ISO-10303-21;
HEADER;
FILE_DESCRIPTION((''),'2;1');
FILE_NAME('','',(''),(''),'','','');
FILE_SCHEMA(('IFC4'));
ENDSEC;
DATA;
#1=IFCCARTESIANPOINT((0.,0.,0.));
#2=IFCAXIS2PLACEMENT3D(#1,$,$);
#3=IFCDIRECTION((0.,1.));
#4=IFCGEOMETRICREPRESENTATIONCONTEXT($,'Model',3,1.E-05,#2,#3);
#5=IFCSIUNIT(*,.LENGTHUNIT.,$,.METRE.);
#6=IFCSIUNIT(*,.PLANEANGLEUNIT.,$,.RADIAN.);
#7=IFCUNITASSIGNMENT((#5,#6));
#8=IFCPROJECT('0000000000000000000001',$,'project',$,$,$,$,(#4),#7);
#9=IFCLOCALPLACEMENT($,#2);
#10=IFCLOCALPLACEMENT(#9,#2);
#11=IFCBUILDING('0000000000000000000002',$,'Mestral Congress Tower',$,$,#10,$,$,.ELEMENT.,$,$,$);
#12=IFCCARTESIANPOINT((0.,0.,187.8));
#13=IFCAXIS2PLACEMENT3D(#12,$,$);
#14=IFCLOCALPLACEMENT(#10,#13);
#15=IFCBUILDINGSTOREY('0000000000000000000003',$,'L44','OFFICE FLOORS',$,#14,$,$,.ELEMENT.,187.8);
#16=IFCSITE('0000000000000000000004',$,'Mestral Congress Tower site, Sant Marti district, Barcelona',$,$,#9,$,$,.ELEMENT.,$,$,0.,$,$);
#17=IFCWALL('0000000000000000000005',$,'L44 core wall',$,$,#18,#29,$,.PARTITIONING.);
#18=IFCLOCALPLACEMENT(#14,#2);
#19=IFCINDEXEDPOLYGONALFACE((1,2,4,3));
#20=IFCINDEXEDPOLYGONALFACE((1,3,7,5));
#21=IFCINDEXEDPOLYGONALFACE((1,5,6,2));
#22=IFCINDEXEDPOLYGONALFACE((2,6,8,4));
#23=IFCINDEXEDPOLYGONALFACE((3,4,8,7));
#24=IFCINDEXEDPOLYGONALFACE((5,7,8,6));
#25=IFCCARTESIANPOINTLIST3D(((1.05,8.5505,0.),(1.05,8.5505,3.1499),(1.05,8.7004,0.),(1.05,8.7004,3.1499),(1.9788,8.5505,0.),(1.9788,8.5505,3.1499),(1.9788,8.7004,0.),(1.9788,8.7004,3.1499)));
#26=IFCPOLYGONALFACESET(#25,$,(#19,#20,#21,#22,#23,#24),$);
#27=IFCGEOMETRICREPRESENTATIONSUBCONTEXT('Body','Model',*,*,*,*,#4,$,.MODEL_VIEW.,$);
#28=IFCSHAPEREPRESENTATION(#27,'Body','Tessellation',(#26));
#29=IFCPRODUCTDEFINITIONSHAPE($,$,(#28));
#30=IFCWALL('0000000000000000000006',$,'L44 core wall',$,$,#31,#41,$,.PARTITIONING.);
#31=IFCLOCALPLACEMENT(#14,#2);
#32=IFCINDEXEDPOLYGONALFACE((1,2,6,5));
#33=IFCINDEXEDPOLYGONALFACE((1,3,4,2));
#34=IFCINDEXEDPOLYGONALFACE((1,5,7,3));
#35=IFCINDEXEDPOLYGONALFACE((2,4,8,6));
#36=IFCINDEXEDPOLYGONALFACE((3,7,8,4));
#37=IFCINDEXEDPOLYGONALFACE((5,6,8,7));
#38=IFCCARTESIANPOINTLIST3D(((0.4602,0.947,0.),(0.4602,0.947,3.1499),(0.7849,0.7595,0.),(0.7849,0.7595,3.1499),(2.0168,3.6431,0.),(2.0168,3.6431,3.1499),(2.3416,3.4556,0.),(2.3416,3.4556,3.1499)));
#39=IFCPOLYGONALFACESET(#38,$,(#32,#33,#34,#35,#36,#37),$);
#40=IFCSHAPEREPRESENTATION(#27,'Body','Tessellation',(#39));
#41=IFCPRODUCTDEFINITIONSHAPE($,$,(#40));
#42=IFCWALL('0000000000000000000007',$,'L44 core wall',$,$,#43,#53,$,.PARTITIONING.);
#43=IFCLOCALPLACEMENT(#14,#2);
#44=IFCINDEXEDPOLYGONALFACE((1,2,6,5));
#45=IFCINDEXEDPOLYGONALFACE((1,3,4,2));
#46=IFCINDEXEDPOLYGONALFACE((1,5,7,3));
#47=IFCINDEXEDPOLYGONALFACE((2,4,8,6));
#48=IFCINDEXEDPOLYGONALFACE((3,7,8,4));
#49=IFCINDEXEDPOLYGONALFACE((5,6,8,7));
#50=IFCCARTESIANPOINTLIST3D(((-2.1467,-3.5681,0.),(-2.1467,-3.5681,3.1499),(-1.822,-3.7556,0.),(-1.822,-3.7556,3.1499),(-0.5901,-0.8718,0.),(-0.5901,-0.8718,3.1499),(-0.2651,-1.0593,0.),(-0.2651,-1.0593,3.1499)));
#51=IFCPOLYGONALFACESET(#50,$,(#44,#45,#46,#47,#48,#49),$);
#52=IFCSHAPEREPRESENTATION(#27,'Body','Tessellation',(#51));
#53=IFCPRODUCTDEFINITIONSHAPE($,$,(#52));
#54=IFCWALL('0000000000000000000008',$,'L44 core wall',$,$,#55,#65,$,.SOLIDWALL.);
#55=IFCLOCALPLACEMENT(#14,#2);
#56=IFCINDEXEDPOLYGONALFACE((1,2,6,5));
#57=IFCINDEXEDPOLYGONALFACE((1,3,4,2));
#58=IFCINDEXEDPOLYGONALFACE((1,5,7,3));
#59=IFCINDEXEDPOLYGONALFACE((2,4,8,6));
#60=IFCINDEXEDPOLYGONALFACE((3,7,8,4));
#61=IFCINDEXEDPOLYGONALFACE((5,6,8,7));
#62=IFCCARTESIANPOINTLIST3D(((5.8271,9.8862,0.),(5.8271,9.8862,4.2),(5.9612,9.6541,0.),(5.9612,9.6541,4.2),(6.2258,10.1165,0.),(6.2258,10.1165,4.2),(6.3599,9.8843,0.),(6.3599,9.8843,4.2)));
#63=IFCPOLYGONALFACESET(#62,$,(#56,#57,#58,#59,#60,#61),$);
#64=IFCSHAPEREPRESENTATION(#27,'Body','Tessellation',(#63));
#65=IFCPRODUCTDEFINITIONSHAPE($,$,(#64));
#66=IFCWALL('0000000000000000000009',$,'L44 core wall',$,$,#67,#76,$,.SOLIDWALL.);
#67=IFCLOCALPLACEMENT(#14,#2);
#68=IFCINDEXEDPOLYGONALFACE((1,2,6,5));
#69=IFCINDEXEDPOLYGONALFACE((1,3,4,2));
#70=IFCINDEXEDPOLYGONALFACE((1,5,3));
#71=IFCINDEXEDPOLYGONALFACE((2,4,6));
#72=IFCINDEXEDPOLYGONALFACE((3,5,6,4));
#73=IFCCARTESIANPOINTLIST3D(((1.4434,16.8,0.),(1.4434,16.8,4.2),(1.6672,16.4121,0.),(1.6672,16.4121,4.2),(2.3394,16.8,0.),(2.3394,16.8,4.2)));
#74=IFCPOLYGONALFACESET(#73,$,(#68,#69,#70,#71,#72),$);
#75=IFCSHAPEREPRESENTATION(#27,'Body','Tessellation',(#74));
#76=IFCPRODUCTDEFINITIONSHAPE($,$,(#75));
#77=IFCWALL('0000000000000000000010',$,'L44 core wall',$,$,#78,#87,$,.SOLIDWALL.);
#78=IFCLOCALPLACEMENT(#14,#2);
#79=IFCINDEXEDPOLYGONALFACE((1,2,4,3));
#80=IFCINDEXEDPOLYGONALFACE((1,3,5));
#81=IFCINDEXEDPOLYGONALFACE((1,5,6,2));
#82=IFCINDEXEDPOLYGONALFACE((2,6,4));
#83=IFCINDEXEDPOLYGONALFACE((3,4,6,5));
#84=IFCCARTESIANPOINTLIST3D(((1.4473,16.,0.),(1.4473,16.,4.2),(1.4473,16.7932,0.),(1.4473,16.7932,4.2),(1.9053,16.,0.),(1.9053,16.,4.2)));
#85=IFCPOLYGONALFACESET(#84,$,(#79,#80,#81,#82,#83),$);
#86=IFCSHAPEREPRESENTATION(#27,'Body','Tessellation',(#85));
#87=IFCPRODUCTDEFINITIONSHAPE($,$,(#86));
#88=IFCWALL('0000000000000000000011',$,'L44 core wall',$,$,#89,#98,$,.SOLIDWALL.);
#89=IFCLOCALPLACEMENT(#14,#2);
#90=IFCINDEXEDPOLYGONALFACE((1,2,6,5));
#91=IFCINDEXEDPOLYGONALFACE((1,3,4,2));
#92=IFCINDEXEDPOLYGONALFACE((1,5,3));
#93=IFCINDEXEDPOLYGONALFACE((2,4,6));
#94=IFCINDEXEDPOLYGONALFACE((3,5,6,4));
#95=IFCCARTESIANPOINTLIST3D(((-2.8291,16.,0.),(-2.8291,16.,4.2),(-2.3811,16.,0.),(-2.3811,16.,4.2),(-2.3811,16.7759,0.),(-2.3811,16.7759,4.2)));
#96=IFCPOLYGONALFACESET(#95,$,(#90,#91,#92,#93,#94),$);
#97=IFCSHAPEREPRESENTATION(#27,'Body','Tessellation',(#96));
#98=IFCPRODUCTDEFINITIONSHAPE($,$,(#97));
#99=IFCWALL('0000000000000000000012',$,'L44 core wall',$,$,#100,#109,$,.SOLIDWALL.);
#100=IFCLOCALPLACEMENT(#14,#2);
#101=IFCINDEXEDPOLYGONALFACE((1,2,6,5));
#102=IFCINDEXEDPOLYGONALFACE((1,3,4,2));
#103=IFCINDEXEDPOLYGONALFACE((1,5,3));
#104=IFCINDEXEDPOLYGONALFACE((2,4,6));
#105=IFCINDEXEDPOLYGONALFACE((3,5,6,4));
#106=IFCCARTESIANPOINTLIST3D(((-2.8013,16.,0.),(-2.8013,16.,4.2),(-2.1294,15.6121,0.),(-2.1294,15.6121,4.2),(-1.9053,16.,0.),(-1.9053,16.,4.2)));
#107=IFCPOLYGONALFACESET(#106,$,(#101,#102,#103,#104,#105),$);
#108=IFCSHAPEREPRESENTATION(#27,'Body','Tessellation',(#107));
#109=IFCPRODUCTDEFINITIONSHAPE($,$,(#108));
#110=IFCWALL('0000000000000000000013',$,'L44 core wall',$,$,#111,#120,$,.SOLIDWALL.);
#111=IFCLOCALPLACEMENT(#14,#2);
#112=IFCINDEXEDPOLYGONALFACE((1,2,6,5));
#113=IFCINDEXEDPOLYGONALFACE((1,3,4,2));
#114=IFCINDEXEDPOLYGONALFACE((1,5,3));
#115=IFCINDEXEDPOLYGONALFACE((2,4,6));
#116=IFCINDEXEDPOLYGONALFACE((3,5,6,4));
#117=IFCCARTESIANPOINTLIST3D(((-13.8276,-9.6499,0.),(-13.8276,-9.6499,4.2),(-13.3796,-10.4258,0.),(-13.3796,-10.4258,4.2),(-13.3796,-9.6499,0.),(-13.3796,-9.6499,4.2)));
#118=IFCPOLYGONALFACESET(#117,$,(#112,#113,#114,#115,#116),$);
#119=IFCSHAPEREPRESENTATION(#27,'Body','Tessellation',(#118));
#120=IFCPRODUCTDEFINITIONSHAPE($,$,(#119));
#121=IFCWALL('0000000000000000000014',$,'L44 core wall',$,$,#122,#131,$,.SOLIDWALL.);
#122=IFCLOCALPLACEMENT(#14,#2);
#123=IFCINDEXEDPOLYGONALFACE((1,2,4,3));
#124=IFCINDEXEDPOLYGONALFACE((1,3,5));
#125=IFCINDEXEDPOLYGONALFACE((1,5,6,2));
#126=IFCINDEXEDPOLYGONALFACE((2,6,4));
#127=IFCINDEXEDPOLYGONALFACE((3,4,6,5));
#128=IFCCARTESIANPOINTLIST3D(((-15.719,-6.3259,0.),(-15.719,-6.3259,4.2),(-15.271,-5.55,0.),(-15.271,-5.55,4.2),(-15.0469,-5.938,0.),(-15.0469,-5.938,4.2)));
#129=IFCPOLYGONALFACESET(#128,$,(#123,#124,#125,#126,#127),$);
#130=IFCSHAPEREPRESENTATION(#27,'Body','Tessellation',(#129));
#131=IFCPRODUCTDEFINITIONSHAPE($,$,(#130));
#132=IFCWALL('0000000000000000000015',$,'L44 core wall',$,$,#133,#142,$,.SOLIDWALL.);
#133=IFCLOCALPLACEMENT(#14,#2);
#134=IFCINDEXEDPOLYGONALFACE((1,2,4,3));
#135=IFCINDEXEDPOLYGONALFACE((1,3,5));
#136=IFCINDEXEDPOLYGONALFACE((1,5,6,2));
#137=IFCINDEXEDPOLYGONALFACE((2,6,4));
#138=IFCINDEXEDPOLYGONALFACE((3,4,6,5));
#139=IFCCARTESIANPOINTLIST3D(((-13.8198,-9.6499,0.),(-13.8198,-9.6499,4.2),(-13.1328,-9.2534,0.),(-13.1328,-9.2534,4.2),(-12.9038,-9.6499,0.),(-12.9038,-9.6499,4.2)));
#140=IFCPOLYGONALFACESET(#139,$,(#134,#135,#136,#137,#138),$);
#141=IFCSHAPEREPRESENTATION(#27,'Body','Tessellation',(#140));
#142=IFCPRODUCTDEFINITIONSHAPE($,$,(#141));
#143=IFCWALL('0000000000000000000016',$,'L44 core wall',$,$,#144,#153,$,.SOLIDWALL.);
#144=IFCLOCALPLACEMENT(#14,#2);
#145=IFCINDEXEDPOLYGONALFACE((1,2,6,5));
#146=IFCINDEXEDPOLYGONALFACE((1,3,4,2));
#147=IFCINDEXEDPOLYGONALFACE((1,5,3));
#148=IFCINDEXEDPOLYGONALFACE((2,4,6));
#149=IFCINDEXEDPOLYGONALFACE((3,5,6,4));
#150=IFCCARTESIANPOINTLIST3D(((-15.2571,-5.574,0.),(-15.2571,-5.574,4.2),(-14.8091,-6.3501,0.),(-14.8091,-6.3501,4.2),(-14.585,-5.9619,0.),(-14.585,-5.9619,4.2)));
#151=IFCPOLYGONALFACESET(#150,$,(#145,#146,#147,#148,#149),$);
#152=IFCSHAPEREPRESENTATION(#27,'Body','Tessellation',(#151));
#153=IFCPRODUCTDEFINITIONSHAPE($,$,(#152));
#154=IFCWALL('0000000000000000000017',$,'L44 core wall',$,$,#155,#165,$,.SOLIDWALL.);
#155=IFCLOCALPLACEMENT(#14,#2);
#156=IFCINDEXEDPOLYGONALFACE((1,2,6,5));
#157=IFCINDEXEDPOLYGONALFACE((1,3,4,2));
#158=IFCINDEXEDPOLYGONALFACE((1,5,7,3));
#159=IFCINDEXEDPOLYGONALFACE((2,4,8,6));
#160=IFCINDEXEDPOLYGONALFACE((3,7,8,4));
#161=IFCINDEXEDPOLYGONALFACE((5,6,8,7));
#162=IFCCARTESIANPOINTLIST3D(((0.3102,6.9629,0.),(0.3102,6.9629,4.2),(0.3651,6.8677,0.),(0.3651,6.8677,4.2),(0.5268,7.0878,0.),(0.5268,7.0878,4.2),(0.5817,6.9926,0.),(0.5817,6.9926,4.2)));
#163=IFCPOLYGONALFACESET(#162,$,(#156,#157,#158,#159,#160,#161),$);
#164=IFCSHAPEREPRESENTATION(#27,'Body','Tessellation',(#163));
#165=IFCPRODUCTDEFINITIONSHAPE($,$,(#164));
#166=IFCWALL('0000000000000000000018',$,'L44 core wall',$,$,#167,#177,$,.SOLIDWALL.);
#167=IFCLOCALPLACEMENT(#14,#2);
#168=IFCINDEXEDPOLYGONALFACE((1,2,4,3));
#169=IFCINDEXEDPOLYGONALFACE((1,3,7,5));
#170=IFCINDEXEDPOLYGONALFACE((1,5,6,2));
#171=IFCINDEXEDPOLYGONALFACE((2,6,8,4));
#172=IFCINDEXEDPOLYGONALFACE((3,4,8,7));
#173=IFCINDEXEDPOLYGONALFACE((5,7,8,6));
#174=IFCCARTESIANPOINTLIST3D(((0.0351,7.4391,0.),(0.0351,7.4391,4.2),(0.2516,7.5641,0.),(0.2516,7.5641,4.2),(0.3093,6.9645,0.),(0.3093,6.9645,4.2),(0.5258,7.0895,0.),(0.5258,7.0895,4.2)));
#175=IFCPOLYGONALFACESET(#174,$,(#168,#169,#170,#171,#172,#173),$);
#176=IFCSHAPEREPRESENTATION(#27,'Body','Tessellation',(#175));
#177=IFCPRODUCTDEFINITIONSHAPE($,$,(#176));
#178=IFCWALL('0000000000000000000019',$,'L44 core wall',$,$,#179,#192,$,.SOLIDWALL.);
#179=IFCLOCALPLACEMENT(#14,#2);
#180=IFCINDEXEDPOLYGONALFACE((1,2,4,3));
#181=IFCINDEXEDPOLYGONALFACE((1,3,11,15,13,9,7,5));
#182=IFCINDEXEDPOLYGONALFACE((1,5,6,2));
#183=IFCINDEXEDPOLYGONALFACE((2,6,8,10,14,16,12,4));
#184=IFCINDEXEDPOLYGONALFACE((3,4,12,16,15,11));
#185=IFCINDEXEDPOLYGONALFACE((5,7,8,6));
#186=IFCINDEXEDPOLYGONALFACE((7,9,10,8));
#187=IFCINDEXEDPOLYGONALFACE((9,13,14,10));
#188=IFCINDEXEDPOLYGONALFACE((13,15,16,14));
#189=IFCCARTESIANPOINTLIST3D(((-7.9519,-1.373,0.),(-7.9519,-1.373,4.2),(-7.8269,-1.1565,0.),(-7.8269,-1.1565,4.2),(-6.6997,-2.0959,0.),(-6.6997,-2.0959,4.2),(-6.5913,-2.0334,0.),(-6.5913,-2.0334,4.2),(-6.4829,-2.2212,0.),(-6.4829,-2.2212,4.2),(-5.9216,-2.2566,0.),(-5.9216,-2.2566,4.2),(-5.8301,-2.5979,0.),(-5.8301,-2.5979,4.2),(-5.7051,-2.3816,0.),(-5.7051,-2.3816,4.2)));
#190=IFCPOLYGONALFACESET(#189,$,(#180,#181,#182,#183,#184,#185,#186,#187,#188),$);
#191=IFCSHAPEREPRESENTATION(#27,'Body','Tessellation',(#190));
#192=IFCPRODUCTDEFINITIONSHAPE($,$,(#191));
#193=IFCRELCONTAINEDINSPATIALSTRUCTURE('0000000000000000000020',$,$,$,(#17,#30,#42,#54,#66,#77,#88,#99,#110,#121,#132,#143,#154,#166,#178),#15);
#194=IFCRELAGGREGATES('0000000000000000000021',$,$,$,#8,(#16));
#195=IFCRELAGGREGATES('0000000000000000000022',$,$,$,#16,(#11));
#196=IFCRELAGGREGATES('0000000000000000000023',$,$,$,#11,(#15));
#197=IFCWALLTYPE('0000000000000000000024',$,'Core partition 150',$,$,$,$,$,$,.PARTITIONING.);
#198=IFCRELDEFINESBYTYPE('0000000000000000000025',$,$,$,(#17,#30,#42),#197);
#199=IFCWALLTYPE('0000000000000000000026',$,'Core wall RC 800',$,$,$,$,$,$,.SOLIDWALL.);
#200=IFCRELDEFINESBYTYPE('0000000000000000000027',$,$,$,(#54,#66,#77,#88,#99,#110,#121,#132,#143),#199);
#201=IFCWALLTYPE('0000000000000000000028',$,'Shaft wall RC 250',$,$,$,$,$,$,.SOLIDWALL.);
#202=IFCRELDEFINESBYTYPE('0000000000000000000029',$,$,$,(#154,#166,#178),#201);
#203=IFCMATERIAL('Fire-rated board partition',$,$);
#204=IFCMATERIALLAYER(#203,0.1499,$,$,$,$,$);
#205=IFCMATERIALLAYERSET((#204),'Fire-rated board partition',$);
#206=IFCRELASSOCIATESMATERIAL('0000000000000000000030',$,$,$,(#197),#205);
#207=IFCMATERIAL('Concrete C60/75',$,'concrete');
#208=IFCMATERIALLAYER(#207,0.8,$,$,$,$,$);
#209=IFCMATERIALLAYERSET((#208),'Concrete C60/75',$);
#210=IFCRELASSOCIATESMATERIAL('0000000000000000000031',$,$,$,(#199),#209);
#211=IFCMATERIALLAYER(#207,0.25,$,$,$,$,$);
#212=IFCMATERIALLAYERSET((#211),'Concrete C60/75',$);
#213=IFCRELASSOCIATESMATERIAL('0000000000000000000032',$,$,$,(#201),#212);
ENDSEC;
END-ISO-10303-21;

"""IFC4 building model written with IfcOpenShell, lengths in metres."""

from ifc_helpers import new_model, si_unit, direction, frame, frame_2d, origin, place, context, subcontext, project, spatial, polyline, rectangle, outline, extrude, material, layer, layer_set, type_object, element, save


model = new_model("IFC4")

# Units and contexts
model_context = context("Model", 3, precision=1e-05, world=origin(), true_north=direction((0.0, 1.0)))
body_context = subcontext(model_context, "Body", "Model", "MODEL_VIEW")
ifc_project = project(units=[si_unit("LENGTHUNIT", "METRE"), si_unit("PLANEANGLEUNIT", "RADIAN")], contexts=[model_context])

# Site, building, storey
site_placement = place(None, origin())
site = spatial("IfcSite", under=ifc_project, at=site_placement, Name="Mestral Congress Tower site, Sant Marti district, Barcelona", CompositionType="ELEMENT", RefElevation=0.0)
building_placement = place(site_placement, origin())
building = spatial("IfcBuilding", under=site, at=building_placement, Name="Mestral Congress Tower", CompositionType="ELEMENT")
storey_placement = place(building_placement, frame((0.0, 0.0, 187.8)))
storey = spatial("IfcBuildingStorey", under=building, at=storey_placement, Name="L44", Description="OFFICE FLOORS", CompositionType="ELEMENT", Elevation=187.8)

# Walls
ifc_material_1 = material(Name="Fire-rated board partition")
ifc_layer_1 = layer(ifc_material_1, 0.1499)
ifc_layer_set_1 = layer_set([ifc_layer_1], Name="Fire-rated board partition")
wall_type_1 = type_object("IfcWallType", Name="Core partition 150", PredefinedType="PARTITIONING", material=ifc_layer_set_1)
wall_1_placement = place(storey_placement, frame((1.05, 8.6255, 0.0), z_axis=(0.0, 0.0, 1.0), x_axis=(1.0, 0.0, 0.0)))
element("IfcWall", 1, at=wall_1_placement, inside=storey, type_object=wall_type_1, Name="L44 core wall", PredefinedType="PARTITIONING", context=body_context, shape_type="SweptSolid", body=[
    extrude(rectangle(XDim=0.9287, YDim=0.1499, at=frame_2d((0.4644, 0.0))), origin(), (0.0, 0.0, 1.0), 3.1499),
])
placement = place(storey_placement, origin())
element("IfcWall", 2, at=placement, inside=storey, type_object=wall_type_1, Name="L44 core wall", PredefinedType="PARTITIONING", context=body_context, shape_type="SweptSolid", body=[
    extrude(outline(polyline([(2.0168, 3.6431), (2.3416, 3.4556), (0.7849, 0.7595), (0.4602, 0.947), (2.0168, 3.6431)])), origin(), (0.0, 0.0, 1.0), 3.1499),
])
element("IfcWall", 3, at=placement, inside=storey, type_object=wall_type_1, Name="L44 core wall", PredefinedType="PARTITIONING", context=body_context, shape_type="SweptSolid", body=[
    extrude(outline(polyline([(-0.5901, -0.8718), (-0.2651, -1.0593), (-1.822, -3.7556), (-2.1467, -3.5681), (-0.5901, -0.8718)])), origin(), (0.0, 0.0, 1.0), 3.1499),
])
ifc_material_2 = material(Name="Concrete C60/75", Category="concrete")
ifc_layer_2 = layer(ifc_material_2, 0.8)
ifc_layer_set_2 = layer_set([ifc_layer_2], Name="Concrete C60/75")
wall_type_2 = type_object("IfcWallType", Name="Core wall RC 800", PredefinedType="SOLIDWALL", material=ifc_layer_set_2)
element("IfcWall", 4, at=placement, inside=storey, type_object=wall_type_2, Name="L44 core wall", PredefinedType="SOLIDWALL", context=body_context, shape_type="SweptSolid", body=[
    extrude(outline(polyline([(5.9612, 9.6541), (5.8271, 9.8862), (6.2258, 10.1165), (6.3599, 9.8843), (5.9612, 9.6541)])), origin(), (0.0, 0.0, 1.0), 4.2),
])
element("IfcWall", 5, at=placement, inside=storey, type_object=wall_type_2, Name="L44 core wall", PredefinedType="SOLIDWALL", context=body_context, shape_type="SweptSolid", body=[
    extrude(outline(polyline([(1.4434, 16.8), (2.3394, 16.8), (1.6672, 16.4121), (1.4434, 16.8)])), origin(), (0.0, 0.0, 1.0), 4.2),
])
element("IfcWall", 6, at=placement, inside=storey, type_object=wall_type_2, Name="L44 core wall", PredefinedType="SOLIDWALL", context=body_context, shape_type="SweptSolid", body=[
    extrude(outline(polyline([(1.9053, 16.0), (1.4473, 16.0), (1.4473, 16.7932), (1.9053, 16.0)])), origin(), (0.0, 0.0, 1.0), 4.2),
])
element("IfcWall", 7, at=placement, inside=storey, type_object=wall_type_2, Name="L44 core wall", PredefinedType="SOLIDWALL", context=body_context, shape_type="SweptSolid", body=[
    extrude(outline(polyline([(-2.8291, 16.0), (-2.3811, 16.7759), (-2.3811, 16.0), (-2.8291, 16.0)])), origin(), (0.0, 0.0, 1.0), 4.2),
])
element("IfcWall", 8, at=placement, inside=storey, type_object=wall_type_2, Name="L44 core wall", PredefinedType="SOLIDWALL", context=body_context, shape_type="SweptSolid", body=[
    extrude(outline(polyline([(-1.9053, 16.0), (-2.1294, 15.6121), (-2.8013, 16.0), (-1.9053, 16.0)])), origin(), (0.0, 0.0, 1.0), 4.2),
])
element("IfcWall", 9, at=placement, inside=storey, type_object=wall_type_2, Name="L44 core wall", PredefinedType="SOLIDWALL", context=body_context, shape_type="SweptSolid", body=[
    extrude(outline(polyline([(-13.8276, -9.6499), (-13.3796, -9.6499), (-13.3796, -10.4258), (-13.8276, -9.6499)])), origin(), (0.0, 0.0, 1.0), 4.2),
])
element("IfcWall", 10, at=placement, inside=storey, type_object=wall_type_2, Name="L44 core wall", PredefinedType="SOLIDWALL", context=body_context, shape_type="SweptSolid", body=[
    extrude(outline(polyline([(-15.0469, -5.938), (-15.719, -6.3259), (-15.271, -5.55), (-15.0469, -5.938)])), origin(), (0.0, 0.0, 1.0), 4.2),
])
element("IfcWall", 11, at=placement, inside=storey, type_object=wall_type_2, Name="L44 core wall", PredefinedType="SOLIDWALL", context=body_context, shape_type="SweptSolid", body=[
    extrude(outline(polyline([(-12.9038, -9.6499), (-13.8198, -9.6499), (-13.1328, -9.2534), (-12.9038, -9.6499)])), origin(), (0.0, 0.0, 1.0), 4.2),
])
element("IfcWall", 12, at=placement, inside=storey, type_object=wall_type_2, Name="L44 core wall", PredefinedType="SOLIDWALL", context=body_context, shape_type="SweptSolid", body=[
    extrude(outline(polyline([(-14.8091, -6.3501), (-15.2571, -5.574), (-14.585, -5.9619), (-14.8091, -6.3501)])), origin(), (0.0, 0.0, 1.0), 4.2),
])
ifc_layer_3 = layer(ifc_material_2, 0.25)
ifc_layer_set_3 = layer_set([ifc_layer_3], Name="Concrete C60/75")
wall_type_3 = type_object("IfcWallType", Name="Shaft wall RC 250", PredefinedType="SOLIDWALL", material=ifc_layer_set_3)
wall_2_placement = place(storey_placement, frame((0.4734, 6.9302, 0.0), z_axis=(0.0, 0.0, 1.0), x_axis=(-0.499722, 0.866186, 0.0)))
element("IfcWall", 13, at=wall_2_placement, inside=storey, type_object=wall_type_3, Name="L44 core wall", PredefinedType="SOLIDWALL", context=body_context, shape_type="SweptSolid", body=[
    extrude(rectangle(XDim=0.1099, YDim=0.25, at=frame_2d((0.0549, 0.0))), origin(), (0.0, 0.0, 1.0), 4.2),
])
wall_3_placement = place(storey_placement, frame((0.4175, 7.0271, 0.0), z_axis=(0.0, 0.0, 1.0), x_axis=(-0.500211, 0.865904, 0.0)))
element("IfcWall", 14, at=wall_3_placement, inside=storey, type_object=wall_type_3, Name="L44 core wall", PredefinedType="SOLIDWALL", context=body_context, shape_type="SweptSolid", body=[
    extrude(rectangle(XDim=0.5481, YDim=0.25, at=frame_2d((0.2739, 0.0))), origin(), (0.0, 0.0, 1.0), 4.2),
])
element("IfcWall", 15, at=placement, inside=storey, type_object=wall_type_3, Name="L44 core wall", PredefinedType="SOLIDWALL", context=body_context, shape_type="SweptSolid", body=[
    extrude(outline(polyline([(-5.9216, -2.2566), (-5.9216, -2.2566), (-5.7051, -2.3816), (-5.8301, -2.5979), (-6.4829, -2.2212), (-6.5913, -2.0334), (-6.5913, -2.0334), (-6.6997, -2.0959), (-7.9519, -1.373), (-7.8269, -1.1565), (-5.9216, -2.2566)])), origin(), (0.0, 0.0, 1.0), 4.2),
])

save(model, "model.ifc")
